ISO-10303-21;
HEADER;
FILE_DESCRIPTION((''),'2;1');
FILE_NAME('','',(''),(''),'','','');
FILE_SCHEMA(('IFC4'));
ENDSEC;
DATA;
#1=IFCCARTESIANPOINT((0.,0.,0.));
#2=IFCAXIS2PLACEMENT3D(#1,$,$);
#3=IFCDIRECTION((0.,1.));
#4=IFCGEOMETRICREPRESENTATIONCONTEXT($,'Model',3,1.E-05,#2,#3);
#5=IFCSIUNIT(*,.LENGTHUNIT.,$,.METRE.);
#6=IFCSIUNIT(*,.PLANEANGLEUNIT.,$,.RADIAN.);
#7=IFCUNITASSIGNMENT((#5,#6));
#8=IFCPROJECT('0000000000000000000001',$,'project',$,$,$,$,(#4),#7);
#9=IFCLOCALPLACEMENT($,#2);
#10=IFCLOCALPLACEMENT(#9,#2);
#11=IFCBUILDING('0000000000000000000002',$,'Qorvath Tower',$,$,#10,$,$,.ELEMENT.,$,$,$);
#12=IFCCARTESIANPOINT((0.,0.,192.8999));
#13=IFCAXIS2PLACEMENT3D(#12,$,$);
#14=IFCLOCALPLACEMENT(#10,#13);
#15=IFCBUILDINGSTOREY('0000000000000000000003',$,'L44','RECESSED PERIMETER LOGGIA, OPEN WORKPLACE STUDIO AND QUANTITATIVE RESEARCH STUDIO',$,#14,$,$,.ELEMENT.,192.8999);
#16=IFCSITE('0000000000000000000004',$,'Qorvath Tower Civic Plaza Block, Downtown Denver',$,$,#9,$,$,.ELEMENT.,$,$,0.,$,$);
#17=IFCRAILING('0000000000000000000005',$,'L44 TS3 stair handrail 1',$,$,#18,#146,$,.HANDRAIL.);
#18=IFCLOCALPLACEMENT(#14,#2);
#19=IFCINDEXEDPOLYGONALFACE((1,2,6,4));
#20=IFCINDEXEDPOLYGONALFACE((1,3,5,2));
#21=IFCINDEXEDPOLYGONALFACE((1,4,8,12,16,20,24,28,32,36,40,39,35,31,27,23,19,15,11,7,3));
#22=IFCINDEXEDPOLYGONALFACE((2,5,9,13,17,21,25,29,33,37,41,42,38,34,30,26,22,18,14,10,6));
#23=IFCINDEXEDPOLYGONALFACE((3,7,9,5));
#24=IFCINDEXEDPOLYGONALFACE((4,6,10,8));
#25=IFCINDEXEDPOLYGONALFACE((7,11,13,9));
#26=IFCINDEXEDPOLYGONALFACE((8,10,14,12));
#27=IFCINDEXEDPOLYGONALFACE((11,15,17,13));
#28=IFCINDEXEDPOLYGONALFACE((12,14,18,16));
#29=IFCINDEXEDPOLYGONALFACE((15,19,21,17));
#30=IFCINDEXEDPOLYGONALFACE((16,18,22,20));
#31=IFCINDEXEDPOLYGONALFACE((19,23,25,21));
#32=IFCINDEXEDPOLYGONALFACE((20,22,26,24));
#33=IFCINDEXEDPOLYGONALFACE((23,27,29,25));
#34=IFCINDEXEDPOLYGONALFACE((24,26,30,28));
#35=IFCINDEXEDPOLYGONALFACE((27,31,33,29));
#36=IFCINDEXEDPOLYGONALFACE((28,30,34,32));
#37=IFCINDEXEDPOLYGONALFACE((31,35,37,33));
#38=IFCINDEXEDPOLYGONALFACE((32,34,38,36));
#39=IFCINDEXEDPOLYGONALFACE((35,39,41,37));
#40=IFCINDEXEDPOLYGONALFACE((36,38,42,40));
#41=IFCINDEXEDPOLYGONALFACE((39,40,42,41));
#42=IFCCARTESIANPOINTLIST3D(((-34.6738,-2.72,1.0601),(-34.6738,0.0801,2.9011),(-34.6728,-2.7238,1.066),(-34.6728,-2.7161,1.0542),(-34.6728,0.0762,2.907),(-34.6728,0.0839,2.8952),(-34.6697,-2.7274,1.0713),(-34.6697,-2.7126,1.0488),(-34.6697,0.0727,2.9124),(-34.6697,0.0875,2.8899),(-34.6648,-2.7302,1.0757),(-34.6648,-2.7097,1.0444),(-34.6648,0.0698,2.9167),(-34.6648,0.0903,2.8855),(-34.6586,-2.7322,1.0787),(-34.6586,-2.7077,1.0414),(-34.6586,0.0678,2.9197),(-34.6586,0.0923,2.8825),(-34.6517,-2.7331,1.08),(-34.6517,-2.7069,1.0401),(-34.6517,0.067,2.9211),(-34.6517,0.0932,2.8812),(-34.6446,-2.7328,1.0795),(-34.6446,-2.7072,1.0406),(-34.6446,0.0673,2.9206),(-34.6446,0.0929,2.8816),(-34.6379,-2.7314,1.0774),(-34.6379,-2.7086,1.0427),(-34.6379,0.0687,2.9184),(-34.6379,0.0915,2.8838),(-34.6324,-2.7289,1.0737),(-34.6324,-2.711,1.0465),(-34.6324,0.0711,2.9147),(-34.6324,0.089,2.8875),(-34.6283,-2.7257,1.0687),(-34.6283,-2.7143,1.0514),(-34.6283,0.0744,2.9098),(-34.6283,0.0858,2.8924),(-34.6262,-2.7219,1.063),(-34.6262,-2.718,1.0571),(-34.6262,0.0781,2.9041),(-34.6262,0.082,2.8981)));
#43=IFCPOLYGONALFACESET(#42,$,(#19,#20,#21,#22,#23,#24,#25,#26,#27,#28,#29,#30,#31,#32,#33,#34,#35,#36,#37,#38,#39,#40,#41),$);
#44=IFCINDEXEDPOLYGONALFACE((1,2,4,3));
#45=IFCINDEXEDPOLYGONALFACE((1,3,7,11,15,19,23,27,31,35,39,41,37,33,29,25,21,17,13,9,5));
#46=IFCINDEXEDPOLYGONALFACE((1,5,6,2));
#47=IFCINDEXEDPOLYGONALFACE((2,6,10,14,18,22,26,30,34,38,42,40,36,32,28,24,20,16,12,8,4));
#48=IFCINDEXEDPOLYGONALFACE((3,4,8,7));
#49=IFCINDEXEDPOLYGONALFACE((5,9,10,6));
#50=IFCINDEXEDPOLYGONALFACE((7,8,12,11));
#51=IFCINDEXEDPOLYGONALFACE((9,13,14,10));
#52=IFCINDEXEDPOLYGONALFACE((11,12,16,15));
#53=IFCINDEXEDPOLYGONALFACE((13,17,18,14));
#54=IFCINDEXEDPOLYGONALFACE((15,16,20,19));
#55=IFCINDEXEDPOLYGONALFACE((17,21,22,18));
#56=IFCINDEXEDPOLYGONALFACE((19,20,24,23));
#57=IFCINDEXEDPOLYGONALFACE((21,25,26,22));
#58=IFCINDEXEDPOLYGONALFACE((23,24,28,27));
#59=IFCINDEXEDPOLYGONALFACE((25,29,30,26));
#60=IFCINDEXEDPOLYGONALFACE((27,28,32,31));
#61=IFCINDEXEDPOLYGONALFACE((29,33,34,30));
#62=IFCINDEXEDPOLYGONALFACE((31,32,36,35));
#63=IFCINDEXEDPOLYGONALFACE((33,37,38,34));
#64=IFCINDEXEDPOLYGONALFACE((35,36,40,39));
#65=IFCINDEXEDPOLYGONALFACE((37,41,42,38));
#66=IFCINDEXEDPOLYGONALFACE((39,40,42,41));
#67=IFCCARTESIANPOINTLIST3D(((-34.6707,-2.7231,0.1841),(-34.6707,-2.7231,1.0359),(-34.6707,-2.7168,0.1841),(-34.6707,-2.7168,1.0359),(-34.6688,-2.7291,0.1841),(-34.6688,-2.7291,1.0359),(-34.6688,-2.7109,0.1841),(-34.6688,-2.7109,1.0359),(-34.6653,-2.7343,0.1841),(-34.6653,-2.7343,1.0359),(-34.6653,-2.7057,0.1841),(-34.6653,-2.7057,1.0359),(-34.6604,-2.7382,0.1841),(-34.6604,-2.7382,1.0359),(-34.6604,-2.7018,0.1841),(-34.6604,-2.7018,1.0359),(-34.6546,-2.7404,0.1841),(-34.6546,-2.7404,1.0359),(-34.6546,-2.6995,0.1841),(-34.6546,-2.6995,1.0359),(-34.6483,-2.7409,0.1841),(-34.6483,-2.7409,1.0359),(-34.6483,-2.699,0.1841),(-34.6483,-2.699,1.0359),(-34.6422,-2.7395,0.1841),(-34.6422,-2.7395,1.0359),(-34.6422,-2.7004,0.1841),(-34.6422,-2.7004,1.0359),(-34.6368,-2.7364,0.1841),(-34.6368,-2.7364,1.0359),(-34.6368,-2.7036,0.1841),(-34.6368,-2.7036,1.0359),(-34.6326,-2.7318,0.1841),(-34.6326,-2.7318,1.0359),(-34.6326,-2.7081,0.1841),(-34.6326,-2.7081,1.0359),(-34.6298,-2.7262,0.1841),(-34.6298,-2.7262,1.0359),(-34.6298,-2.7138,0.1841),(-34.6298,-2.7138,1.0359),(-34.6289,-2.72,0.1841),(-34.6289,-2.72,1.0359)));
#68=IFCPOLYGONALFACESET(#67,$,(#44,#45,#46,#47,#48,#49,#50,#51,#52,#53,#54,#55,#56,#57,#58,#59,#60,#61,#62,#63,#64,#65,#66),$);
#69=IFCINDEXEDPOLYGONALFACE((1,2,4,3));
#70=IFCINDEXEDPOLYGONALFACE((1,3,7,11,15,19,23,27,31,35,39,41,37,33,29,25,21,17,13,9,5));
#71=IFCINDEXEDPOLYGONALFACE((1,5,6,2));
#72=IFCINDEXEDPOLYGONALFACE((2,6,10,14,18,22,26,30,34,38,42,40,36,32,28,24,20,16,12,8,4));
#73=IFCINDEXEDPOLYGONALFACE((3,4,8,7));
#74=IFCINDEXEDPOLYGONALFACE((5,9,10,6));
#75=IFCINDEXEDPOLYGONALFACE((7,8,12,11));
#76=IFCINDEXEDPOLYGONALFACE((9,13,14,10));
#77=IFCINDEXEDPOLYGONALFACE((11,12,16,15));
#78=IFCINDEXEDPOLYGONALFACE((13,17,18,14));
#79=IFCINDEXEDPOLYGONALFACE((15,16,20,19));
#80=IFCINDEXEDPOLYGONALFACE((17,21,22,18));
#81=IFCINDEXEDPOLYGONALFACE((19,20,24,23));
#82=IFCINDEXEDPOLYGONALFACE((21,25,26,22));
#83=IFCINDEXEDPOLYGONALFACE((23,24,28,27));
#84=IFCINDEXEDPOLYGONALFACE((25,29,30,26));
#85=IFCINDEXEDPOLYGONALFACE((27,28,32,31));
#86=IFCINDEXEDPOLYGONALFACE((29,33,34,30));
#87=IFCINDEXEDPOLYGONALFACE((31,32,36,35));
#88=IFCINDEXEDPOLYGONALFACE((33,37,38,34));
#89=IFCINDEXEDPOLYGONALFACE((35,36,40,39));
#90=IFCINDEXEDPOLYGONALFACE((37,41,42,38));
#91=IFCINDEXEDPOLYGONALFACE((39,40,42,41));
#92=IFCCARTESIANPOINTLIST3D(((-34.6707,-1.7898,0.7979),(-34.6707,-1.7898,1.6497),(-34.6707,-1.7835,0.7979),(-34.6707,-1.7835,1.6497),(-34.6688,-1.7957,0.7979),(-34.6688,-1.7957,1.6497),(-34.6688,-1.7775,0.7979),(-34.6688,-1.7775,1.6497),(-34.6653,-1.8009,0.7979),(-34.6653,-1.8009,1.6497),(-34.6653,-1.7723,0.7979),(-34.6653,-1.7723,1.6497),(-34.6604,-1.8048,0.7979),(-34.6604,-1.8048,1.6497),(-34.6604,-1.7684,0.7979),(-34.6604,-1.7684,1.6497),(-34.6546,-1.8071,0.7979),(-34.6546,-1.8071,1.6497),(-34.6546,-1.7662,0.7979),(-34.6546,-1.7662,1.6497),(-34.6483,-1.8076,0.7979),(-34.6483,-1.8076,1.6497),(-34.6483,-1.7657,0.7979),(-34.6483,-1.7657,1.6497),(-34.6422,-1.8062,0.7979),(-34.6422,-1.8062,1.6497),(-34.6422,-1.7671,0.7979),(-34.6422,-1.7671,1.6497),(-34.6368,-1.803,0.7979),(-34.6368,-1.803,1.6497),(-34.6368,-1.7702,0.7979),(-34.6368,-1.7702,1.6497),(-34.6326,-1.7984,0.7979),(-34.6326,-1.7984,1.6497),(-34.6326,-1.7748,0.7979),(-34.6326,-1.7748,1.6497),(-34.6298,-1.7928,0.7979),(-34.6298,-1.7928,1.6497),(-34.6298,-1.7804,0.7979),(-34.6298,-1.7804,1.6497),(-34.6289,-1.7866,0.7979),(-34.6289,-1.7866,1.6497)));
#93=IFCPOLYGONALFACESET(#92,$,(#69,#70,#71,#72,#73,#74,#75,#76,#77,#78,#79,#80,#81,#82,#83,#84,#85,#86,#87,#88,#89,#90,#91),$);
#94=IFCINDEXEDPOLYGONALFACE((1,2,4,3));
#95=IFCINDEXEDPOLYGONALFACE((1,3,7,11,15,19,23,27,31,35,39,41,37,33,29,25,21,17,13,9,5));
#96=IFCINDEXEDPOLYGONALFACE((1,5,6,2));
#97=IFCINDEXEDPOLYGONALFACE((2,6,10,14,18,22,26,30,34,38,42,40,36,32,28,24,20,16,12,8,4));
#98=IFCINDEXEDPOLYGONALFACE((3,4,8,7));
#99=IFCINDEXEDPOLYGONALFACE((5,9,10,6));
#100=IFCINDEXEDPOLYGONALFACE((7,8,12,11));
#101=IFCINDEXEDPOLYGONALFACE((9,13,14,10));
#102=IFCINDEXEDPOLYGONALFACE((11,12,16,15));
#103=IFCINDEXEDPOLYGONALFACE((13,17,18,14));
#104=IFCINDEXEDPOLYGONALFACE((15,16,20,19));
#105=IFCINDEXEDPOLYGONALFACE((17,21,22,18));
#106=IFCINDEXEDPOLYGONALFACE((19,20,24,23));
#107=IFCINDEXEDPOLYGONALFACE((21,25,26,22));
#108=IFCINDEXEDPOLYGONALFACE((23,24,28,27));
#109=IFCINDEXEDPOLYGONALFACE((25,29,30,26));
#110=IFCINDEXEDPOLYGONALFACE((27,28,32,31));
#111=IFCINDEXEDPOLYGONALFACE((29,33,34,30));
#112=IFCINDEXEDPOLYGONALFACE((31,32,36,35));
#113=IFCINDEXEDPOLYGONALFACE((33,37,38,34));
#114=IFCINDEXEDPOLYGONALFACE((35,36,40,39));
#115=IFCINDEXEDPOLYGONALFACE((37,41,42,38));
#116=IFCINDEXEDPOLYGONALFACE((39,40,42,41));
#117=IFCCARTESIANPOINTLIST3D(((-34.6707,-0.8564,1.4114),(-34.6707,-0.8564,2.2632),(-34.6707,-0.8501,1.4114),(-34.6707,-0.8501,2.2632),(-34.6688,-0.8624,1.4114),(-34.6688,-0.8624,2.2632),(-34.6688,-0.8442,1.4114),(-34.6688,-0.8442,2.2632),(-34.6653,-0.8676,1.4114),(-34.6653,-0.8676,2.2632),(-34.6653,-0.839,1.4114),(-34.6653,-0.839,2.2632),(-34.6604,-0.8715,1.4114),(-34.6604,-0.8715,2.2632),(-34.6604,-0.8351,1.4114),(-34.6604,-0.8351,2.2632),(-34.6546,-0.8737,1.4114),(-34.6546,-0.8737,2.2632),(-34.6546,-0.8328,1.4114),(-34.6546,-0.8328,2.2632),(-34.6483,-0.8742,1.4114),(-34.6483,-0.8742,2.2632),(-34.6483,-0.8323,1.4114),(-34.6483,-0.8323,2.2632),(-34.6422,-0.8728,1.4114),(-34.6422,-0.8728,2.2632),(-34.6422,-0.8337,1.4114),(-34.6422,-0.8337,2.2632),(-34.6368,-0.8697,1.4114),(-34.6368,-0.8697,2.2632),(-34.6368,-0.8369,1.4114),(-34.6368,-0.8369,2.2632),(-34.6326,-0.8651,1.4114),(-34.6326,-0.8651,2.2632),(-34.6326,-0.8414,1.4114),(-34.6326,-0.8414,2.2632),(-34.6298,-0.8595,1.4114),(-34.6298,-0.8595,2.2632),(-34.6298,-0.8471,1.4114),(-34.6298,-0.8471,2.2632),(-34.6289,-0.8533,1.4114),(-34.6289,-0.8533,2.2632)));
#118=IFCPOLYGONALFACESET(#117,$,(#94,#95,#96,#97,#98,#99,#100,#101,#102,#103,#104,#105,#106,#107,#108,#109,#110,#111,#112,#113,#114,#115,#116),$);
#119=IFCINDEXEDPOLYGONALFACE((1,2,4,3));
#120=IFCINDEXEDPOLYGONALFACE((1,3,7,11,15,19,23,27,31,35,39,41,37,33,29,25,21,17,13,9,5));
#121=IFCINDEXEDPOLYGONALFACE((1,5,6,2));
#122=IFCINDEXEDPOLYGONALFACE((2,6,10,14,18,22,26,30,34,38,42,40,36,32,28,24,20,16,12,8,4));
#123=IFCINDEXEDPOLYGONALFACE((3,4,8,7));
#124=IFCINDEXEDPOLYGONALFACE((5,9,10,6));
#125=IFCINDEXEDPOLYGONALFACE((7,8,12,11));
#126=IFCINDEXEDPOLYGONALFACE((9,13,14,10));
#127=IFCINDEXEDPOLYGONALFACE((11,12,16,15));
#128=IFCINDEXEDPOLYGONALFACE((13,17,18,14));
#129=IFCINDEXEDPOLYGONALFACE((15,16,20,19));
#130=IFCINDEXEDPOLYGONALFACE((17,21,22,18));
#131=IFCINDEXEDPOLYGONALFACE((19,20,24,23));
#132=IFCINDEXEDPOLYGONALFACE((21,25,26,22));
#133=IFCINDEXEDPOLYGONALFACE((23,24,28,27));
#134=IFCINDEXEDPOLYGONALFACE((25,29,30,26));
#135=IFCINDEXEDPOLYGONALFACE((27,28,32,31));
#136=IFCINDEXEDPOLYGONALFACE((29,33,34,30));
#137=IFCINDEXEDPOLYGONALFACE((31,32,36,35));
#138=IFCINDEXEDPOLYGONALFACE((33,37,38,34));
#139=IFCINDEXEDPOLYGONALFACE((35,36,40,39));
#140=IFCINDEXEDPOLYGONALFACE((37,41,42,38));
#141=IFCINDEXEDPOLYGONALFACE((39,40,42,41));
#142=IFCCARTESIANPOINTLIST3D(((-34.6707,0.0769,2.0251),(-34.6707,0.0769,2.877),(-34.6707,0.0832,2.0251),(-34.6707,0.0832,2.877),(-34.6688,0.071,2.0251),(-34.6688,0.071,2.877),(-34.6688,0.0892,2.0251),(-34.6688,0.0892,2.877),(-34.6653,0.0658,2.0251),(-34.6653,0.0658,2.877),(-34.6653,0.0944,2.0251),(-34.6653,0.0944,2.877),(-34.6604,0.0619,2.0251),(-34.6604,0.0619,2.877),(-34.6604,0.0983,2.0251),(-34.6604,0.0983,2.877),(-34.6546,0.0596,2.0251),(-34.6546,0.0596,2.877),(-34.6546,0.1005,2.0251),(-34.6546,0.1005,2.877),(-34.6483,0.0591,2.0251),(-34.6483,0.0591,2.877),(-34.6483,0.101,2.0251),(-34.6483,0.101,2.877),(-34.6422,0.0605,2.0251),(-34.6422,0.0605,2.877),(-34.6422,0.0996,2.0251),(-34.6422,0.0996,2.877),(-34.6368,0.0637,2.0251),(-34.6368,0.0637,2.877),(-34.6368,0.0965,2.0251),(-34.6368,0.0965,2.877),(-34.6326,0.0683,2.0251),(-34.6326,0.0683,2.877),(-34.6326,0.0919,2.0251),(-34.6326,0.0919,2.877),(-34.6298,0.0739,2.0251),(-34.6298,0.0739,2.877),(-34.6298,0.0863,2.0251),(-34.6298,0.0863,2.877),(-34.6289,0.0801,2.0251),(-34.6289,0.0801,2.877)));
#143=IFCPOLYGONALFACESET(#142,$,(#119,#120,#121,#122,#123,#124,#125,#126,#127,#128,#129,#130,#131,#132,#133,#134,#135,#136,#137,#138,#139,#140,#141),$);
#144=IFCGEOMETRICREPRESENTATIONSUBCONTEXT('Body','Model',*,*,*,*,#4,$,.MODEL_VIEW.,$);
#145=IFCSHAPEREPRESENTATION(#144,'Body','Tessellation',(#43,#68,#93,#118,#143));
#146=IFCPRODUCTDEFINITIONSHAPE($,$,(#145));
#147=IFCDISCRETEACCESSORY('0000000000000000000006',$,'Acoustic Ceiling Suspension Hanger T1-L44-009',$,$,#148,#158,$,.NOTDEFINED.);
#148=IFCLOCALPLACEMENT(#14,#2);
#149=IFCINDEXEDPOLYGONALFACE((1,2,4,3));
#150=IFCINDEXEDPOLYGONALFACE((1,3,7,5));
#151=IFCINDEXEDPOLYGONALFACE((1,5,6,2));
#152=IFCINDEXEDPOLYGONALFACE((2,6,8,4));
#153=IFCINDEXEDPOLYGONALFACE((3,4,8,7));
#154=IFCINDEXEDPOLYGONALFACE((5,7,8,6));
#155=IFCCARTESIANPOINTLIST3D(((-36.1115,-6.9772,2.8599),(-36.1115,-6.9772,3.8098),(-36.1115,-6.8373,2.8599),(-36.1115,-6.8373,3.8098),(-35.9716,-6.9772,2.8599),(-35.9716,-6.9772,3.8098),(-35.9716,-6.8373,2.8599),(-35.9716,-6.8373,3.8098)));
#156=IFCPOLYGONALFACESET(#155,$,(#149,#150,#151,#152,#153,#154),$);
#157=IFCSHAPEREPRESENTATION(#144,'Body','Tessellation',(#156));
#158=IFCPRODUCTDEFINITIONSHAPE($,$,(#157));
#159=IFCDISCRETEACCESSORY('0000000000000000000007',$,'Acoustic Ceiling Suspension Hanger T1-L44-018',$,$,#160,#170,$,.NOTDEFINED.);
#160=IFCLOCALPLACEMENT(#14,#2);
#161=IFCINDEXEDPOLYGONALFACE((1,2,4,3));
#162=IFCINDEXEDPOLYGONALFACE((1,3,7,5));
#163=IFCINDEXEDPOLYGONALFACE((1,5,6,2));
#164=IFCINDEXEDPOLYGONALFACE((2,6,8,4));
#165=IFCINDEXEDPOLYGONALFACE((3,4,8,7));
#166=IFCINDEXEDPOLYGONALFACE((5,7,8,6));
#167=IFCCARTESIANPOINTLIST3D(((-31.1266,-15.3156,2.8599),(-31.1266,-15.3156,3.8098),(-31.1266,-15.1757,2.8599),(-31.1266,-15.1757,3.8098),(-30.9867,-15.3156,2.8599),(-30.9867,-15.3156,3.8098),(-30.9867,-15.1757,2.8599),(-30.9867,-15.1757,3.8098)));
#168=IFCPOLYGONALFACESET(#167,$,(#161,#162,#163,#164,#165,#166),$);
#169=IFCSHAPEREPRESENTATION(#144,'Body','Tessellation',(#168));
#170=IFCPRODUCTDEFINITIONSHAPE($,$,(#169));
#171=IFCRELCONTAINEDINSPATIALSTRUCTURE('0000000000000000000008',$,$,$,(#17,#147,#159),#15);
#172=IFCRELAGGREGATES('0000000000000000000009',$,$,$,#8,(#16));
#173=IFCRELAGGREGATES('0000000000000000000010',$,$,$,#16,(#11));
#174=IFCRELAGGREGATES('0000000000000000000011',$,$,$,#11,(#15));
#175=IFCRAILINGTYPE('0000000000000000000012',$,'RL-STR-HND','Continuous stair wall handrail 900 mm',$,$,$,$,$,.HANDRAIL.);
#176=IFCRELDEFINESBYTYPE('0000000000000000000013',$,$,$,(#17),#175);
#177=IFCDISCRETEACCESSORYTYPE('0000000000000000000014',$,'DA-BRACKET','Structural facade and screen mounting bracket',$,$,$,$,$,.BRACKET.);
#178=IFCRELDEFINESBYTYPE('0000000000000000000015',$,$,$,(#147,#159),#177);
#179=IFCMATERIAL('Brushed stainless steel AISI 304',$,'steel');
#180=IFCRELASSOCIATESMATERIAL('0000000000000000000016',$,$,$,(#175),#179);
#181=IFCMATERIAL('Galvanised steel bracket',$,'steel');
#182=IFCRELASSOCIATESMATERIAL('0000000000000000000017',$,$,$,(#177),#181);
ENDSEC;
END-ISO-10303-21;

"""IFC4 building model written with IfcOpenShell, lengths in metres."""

from ifc_helpers import new_model, si_unit, direction, frame, origin, origin_2d, place, context, subcontext, project, spatial, rectangle, circle, extrude, material, type_object, element, save


model = new_model("IFC4")

# Units and contexts
model_context = context("Model", 3, precision=1e-05, world=origin(), true_north=direction((0.0, 1.0)))
body_context = subcontext(model_context, "Body", "Model", "MODEL_VIEW")
ifc_project = project(units=[si_unit("LENGTHUNIT", "METRE"), si_unit("PLANEANGLEUNIT", "RADIAN")], contexts=[model_context])

# Site, building, storey
site_placement = place(None, origin())
site = spatial("IfcSite", under=ifc_project, at=site_placement, Name="Qorvath Tower Civic Plaza Block, Downtown Denver", CompositionType="ELEMENT", RefElevation=0.0)
building_placement = place(site_placement, origin())
building = spatial("IfcBuilding", under=site, at=building_placement, Name="Qorvath Tower", CompositionType="ELEMENT")
storey_placement = place(building_placement, frame((0.0, 0.0, 192.8999)))
storey = spatial("IfcBuildingStorey", under=building, at=storey_placement, Name="L44", Description="RECESSED PERIMETER LOGGIA, OPEN WORKPLACE STUDIO AND QUANTITATIVE RESEARCH STUDIO", CompositionType="ELEMENT", Elevation=192.8999)

# Railing
ifc_material_1 = material(Name="Brushed stainless steel AISI 304", Category="steel")
railing_type_1 = type_object("IfcRailingType", Name="RL-STR-HND", Description="Continuous stair wall handrail 900 mm", PredefinedType="HANDRAIL", material=ifc_material_1)
railing_1_placement = place(storey_placement, frame((-34.6499, -2.72, 0.1841)))
element("IfcRailing", 1, at=railing_1_placement, inside=storey, type_object=railing_type_1, Name="L44 TS3 stair handrail 1", PredefinedType="HANDRAIL", context=body_context, shape_type="SweptSolid", body=[
    extrude(circle(Radius=0.0239, at=origin_2d()), frame((0.0, 0.0, 0.876), z_axis=(0.0, 0.835564, 0.549393), x_axis=(-1.0, 0.0, 0.0)), (0.0, 0.0, 1.0), 3.3511),
    extrude(circle(Radius=0.021, at=origin_2d()), origin(), (0.0, 0.0, 1.0), 0.8518),
    extrude(circle(Radius=0.021, at=origin_2d()), frame((0.0, 0.9333, 0.6138)), (0.0, 0.0, 1.0), 0.8518),
    extrude(circle(Radius=0.021, at=origin_2d()), frame((0.0, 1.8667, 1.2273)), (0.0, 0.0, 1.0), 0.8518),
    extrude(circle(Radius=0.021, at=origin_2d()), frame((0.0, 2.8, 1.8411)), (0.0, 0.0, 1.0), 0.8518),
])

# Discrete accessories
ifc_material_2 = material(Name="Galvanised steel bracket", Category="steel")
discrete_accessory_type = type_object("IfcDiscreteAccessoryType", Name="DA-BRACKET", Description="Structural facade and screen mounting bracket", PredefinedType="BRACKET", material=ifc_material_2)
for number, where, z_axis, x_axis, name in (
    (2, (-36.0415, -6.9072, 2.8599), (0.0, 0.0, 1.0), (1.0, 0.0, 0.0), "Acoustic Ceiling Suspension Hanger T1-L44-009"),
    (3, (-31.0566, -15.2456, 2.8599), (0.0, 0.0, 1.0), (1.0, 0.0, 0.0), "Acoustic Ceiling Suspension Hanger T1-L44-018"),
):
    element("IfcDiscreteAccessory", number, at=place(storey_placement, frame(where, z_axis=z_axis, x_axis=x_axis)), inside=storey, type_object=discrete_accessory_type, Name=name, PredefinedType="NOTDEFINED", context=body_context, shape_type="SweptSolid", body=[
        extrude(rectangle(XDim=0.1399, YDim=0.1399, at=origin_2d()), origin(), (0.0, 0.0, 1.0), 0.95),
    ])

save(model, "model.ifc")
